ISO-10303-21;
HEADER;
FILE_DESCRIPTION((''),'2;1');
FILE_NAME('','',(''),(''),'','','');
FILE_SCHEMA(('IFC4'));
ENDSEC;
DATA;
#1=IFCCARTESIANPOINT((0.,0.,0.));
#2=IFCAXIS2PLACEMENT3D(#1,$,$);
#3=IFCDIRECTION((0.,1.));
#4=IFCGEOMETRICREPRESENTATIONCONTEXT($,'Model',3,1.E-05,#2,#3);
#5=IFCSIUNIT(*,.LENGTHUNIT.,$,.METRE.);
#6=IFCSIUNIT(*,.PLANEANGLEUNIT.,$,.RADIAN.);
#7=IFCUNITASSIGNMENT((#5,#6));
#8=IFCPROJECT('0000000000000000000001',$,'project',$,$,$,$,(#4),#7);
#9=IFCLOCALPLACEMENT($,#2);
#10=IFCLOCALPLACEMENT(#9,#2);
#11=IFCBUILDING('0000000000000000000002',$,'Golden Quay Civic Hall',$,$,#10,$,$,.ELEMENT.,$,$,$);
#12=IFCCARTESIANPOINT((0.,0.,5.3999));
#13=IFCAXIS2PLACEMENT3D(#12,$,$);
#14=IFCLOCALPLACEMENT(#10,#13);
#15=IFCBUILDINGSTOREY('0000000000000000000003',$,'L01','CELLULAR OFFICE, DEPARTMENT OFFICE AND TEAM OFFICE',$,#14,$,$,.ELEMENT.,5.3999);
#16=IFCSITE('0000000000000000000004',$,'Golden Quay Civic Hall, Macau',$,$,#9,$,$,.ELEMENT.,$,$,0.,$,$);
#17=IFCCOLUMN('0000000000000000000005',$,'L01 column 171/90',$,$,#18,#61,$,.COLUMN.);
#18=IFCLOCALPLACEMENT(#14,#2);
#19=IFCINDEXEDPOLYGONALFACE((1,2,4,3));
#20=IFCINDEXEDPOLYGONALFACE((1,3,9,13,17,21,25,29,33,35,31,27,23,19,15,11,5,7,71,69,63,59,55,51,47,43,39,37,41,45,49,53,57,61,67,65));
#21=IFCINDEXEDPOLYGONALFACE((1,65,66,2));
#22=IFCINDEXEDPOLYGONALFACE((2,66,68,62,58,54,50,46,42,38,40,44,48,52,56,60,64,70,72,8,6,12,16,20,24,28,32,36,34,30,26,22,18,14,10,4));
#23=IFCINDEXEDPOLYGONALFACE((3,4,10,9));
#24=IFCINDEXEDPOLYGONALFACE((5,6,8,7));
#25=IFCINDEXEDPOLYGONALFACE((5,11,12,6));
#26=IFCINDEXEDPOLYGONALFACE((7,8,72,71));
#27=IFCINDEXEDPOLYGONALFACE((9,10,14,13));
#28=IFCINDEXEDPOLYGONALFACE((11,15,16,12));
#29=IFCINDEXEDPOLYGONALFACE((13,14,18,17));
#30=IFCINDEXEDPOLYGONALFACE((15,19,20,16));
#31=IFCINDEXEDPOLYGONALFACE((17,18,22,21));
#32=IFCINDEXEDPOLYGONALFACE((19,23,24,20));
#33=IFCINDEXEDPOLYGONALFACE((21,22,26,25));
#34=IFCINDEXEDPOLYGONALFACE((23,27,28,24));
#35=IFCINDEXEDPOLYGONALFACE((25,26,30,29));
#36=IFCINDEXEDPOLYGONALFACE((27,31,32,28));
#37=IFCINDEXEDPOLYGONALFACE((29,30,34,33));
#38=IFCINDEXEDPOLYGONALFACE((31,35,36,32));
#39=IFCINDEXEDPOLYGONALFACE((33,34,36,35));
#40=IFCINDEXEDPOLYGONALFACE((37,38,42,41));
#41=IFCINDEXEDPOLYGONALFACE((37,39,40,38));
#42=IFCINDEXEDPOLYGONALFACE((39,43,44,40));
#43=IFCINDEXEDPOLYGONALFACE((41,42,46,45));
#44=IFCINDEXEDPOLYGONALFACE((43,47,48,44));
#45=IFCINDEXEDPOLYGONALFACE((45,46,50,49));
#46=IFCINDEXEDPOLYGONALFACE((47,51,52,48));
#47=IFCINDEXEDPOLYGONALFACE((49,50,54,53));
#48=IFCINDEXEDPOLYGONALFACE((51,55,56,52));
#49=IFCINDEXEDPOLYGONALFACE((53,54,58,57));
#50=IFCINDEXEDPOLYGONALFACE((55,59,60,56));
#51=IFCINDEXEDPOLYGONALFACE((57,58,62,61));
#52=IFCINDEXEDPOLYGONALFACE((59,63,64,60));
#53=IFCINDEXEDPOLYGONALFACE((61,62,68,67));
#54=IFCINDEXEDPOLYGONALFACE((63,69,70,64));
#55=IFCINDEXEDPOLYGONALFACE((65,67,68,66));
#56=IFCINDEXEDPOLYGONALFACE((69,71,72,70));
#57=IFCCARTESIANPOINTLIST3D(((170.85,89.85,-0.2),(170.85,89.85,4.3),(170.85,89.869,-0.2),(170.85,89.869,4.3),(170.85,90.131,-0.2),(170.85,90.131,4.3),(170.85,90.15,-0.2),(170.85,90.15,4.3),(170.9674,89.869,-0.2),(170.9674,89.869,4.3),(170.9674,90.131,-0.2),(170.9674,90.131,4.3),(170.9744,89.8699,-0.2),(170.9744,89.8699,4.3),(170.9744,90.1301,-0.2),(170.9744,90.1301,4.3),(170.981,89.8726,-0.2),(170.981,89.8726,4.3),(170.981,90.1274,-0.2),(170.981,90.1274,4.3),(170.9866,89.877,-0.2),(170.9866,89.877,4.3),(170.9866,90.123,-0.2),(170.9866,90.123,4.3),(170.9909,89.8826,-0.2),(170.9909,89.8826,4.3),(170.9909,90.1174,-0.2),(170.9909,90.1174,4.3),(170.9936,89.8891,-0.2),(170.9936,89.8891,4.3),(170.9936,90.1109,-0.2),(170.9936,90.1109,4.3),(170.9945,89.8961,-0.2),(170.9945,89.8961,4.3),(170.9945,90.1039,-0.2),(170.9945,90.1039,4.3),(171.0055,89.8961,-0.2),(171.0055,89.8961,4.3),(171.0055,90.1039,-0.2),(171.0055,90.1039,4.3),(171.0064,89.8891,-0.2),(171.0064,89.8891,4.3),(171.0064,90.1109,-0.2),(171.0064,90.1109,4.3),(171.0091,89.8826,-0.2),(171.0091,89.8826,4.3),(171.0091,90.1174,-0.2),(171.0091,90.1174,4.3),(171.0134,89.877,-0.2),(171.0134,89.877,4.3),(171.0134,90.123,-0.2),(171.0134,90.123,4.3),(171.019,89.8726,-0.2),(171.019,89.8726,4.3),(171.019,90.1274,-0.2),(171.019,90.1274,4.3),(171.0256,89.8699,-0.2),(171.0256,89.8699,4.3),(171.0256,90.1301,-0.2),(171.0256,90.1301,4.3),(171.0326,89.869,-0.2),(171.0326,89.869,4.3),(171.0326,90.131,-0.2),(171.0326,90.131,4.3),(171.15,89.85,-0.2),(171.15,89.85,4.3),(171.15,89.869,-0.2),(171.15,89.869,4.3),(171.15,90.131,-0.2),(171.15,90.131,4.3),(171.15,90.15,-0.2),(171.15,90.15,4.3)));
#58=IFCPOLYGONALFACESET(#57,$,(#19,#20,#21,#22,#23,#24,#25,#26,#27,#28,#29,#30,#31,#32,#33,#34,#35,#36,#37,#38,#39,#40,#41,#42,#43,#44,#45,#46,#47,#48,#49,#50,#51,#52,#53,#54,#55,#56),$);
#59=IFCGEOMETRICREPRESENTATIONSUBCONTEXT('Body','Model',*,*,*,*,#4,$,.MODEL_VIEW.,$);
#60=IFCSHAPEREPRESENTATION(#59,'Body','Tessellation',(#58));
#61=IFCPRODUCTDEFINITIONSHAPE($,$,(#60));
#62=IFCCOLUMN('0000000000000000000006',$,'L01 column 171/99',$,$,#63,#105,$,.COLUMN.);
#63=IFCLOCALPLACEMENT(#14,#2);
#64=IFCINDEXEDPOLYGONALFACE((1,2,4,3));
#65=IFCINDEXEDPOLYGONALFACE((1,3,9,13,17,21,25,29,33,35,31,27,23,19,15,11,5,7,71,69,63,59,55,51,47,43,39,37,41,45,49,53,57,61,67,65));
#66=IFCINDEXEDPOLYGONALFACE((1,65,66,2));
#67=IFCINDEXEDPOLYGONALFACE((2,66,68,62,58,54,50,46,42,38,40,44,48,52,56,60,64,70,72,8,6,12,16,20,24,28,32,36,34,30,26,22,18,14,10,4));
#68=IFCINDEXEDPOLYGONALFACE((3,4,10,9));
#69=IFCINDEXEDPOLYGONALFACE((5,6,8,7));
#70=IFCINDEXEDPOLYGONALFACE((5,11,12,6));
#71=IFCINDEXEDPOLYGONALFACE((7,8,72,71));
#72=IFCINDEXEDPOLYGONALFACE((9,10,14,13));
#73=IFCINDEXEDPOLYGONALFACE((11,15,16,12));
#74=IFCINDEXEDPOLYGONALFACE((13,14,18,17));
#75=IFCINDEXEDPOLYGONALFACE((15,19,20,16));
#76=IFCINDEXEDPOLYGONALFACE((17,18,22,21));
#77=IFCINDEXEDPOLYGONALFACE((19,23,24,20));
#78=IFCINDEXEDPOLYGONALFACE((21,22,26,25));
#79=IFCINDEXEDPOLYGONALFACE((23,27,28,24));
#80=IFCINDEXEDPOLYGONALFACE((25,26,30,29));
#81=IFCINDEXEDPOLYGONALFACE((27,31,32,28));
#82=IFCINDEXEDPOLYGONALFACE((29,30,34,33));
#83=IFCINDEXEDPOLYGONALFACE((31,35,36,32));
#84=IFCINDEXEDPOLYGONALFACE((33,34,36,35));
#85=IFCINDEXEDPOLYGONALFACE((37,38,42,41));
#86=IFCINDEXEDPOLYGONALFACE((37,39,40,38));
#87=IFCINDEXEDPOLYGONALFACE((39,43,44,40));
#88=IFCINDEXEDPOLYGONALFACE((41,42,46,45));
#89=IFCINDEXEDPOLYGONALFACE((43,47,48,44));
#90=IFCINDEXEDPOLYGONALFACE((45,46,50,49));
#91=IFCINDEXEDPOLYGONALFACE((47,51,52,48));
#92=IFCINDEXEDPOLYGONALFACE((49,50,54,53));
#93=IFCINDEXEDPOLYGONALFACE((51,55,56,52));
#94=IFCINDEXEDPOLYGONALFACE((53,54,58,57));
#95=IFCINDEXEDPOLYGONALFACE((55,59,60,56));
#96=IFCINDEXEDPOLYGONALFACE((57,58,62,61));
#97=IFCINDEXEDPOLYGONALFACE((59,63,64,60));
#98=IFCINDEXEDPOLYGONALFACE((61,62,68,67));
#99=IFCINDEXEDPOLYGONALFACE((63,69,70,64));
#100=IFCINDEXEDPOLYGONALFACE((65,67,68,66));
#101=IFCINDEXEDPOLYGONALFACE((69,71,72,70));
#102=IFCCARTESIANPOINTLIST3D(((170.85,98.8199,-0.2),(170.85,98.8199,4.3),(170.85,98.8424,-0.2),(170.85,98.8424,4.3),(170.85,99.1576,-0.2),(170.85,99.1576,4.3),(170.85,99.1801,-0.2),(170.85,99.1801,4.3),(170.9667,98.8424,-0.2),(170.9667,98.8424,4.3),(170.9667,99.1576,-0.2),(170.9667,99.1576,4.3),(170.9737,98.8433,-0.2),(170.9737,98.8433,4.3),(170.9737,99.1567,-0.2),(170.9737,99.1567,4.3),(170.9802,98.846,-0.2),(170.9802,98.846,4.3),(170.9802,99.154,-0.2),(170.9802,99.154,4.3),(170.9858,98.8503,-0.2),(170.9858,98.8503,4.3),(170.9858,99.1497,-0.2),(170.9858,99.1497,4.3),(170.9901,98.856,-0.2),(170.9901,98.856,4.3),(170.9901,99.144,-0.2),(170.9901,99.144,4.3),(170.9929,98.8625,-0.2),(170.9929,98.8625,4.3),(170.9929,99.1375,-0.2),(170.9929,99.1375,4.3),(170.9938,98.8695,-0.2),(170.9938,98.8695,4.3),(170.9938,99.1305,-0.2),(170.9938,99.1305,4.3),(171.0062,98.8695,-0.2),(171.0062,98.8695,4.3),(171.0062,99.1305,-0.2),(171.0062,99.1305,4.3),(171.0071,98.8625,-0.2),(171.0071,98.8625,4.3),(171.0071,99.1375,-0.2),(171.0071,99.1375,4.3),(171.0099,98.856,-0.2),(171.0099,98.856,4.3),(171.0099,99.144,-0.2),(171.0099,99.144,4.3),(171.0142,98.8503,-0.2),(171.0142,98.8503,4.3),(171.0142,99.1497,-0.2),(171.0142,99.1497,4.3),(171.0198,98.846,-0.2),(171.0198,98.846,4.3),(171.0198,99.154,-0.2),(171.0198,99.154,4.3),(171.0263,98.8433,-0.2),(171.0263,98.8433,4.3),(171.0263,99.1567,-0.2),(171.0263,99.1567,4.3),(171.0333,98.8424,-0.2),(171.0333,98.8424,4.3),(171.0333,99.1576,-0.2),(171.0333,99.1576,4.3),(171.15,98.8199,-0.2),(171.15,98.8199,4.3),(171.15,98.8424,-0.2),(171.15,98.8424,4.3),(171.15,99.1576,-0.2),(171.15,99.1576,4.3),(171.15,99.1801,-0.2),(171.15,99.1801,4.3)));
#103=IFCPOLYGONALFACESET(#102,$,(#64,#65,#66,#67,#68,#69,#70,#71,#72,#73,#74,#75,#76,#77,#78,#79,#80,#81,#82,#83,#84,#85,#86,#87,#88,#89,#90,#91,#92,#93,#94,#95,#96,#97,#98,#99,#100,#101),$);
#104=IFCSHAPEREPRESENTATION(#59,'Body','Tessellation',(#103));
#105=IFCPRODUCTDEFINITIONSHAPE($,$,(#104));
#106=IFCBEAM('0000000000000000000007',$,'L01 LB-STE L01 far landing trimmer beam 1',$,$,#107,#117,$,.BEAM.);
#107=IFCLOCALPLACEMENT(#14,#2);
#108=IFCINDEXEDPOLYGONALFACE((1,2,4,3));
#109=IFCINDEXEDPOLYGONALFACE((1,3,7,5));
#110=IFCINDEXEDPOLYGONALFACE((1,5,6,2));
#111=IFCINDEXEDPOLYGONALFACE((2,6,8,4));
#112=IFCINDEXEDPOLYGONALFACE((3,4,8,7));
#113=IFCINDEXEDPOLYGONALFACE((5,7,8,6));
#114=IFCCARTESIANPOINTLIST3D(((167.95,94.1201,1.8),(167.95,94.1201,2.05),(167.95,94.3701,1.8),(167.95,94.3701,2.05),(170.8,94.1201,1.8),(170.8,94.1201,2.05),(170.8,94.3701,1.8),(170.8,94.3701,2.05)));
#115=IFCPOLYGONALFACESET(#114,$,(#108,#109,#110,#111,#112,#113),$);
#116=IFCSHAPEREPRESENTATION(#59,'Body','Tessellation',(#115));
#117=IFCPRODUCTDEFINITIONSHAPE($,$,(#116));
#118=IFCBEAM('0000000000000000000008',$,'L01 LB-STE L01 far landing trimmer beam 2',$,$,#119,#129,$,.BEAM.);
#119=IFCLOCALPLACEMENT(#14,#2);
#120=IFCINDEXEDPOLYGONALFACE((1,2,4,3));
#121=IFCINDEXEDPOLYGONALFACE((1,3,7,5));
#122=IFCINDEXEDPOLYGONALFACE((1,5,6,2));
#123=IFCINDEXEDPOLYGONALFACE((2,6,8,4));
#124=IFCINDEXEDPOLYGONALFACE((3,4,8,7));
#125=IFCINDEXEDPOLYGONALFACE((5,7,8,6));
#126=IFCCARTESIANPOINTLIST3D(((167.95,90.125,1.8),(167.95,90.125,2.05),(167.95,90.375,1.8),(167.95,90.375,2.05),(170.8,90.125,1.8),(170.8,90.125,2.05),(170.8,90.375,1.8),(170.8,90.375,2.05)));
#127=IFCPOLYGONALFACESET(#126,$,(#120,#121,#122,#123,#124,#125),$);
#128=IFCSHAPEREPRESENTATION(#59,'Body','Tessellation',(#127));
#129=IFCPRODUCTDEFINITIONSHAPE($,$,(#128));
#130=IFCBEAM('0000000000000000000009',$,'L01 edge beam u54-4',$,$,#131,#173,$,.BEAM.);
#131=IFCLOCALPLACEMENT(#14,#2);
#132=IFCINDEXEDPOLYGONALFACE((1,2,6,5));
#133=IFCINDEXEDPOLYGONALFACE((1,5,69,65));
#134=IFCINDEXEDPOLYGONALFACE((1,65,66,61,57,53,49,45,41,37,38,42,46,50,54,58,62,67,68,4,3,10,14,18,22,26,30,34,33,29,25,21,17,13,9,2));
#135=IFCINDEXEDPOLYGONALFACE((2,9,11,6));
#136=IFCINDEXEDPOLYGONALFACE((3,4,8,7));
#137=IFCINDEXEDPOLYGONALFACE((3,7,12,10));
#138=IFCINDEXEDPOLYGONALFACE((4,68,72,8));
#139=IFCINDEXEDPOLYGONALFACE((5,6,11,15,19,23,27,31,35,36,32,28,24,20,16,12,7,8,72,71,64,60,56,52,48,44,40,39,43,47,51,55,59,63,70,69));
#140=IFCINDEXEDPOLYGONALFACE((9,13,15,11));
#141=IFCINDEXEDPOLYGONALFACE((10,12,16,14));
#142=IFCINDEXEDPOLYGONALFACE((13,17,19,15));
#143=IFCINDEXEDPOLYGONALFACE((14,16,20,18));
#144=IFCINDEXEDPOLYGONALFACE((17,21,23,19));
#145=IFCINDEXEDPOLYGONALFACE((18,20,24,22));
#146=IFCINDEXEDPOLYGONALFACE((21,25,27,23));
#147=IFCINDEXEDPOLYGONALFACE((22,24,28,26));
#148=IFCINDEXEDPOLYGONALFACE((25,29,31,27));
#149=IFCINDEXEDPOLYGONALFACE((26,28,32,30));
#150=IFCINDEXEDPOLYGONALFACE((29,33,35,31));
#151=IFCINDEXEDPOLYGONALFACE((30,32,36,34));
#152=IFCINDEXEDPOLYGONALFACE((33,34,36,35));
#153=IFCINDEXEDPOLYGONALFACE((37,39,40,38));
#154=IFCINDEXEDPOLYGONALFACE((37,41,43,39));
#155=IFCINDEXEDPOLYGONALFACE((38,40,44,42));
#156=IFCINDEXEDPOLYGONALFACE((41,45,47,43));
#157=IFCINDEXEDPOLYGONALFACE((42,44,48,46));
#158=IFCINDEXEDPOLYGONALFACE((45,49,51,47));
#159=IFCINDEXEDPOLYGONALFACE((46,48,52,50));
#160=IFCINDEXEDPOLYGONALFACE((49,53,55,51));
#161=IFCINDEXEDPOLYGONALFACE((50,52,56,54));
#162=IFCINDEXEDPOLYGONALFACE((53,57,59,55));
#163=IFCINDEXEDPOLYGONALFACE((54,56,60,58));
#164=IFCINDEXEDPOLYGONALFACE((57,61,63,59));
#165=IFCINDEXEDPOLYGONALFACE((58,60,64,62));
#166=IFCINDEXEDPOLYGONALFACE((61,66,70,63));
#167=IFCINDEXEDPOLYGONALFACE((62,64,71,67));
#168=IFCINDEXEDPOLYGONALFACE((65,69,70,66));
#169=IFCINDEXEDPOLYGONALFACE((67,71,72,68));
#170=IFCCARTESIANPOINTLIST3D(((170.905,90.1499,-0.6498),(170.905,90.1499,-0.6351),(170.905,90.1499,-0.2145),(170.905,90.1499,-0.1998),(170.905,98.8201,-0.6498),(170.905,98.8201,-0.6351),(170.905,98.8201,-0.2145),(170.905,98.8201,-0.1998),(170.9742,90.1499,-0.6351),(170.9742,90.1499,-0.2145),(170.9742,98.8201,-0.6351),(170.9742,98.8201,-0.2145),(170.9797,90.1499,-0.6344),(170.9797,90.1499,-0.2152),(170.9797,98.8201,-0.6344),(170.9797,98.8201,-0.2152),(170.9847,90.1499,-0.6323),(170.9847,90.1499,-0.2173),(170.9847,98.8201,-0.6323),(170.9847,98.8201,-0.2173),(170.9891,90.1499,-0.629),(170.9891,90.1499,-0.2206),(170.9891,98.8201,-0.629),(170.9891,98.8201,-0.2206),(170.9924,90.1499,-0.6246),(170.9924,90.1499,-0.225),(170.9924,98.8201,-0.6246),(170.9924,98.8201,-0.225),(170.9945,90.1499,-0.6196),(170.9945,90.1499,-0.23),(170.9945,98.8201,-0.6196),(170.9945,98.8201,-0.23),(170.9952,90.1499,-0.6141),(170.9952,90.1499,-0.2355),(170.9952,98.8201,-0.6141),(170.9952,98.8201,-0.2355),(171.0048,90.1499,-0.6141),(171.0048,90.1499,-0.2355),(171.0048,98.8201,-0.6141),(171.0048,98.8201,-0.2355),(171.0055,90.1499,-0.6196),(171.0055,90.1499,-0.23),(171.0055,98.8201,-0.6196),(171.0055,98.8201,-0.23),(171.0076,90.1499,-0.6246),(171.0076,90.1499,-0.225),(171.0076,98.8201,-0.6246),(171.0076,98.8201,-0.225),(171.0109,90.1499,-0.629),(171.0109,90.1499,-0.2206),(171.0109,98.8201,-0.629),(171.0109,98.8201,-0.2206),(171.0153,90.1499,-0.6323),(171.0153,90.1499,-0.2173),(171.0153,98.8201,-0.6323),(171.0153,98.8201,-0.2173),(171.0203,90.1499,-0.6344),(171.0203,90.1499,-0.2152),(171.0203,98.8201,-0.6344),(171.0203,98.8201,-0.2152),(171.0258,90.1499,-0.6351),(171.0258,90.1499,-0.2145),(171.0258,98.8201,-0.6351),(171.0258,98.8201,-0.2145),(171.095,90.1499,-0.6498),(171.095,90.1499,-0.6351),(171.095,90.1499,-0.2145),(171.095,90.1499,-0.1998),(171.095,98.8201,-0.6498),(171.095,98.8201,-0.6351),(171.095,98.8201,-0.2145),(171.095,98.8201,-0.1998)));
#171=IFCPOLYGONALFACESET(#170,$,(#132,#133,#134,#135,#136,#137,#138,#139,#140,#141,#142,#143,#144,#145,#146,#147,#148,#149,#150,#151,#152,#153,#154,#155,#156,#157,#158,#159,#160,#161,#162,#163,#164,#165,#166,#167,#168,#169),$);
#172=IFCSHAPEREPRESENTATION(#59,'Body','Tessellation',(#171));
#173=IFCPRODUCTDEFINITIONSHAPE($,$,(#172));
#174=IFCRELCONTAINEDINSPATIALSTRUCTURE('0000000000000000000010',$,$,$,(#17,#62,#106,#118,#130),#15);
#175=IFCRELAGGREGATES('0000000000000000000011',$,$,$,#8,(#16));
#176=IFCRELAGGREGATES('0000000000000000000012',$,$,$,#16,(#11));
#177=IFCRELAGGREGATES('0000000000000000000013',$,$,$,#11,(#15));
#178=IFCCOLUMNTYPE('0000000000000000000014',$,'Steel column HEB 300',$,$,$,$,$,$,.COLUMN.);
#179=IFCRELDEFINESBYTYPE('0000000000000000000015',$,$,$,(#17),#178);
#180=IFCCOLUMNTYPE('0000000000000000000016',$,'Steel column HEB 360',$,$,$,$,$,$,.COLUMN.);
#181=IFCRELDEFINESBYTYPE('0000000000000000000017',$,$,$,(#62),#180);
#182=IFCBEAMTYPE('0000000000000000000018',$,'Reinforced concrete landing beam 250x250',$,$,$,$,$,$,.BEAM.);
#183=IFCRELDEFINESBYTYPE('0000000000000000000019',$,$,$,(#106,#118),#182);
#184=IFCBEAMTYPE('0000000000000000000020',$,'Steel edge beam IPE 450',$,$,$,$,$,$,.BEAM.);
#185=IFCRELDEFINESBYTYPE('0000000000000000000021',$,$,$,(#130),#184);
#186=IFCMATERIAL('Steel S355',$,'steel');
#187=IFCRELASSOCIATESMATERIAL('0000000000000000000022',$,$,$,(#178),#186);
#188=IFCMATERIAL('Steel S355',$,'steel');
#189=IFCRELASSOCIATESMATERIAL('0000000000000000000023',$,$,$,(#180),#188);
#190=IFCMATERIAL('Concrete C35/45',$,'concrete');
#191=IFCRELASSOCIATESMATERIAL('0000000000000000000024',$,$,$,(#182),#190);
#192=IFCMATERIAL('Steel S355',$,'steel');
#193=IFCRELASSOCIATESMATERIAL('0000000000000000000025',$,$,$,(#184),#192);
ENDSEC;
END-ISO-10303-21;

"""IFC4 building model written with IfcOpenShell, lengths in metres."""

from ifc_helpers import new_model, si_unit, direction, frame, origin, origin_2d, place, context, subcontext, project, spatial, rectangle, i_section, extrude, material, material_profile, profile_set, type_object, element, save


model = new_model("IFC4")

# Units and contexts
model_context = context("Model", 3, precision=1e-05, world=origin(), true_north=direction((0.0, 1.0)))
body_context = subcontext(model_context, "Body", "Model", "MODEL_VIEW")
ifc_project = project(units=[si_unit("LENGTHUNIT", "METRE"), si_unit("PLANEANGLEUNIT", "RADIAN")], contexts=[model_context])

# Site, building, storey
site_placement = place(None, origin())
site = spatial("IfcSite", under=ifc_project, at=site_placement, Name="Golden Quay Civic Hall, Macau", CompositionType="ELEMENT", RefElevation=0.0)
building_placement = place(site_placement, origin())
building = spatial("IfcBuilding", under=site, at=building_placement, Name="Golden Quay Civic Hall", CompositionType="ELEMENT")
storey_placement = place(building_placement, frame((0.0, 0.0, 5.3999)))
storey = spatial("IfcBuildingStorey", under=building, at=storey_placement, Name="L01", Description="CELLULAR OFFICE, DEPARTMENT OFFICE AND TEAM OFFICE", CompositionType="ELEMENT", Elevation=5.3999)

# Columns
ifc_material_1 = material(Name="Steel S355", Category="steel")
ifc_material_profile_1 = material_profile(ifc_material_1, i_section(OverallWidth=0.3, OverallDepth=0.3, WebThickness=0.011, FlangeThickness=0.019, FilletRadius=0.0271, at=origin_2d()), Name="HEB 300")
ifc_profile_set_1 = profile_set([ifc_material_profile_1], Name="Steel S355")
column_type_1 = type_object("IfcColumnType", Name="Steel column HEB 300", PredefinedType="COLUMN", material=ifc_profile_set_1)
column_1_placement = place(storey_placement, frame((171.0, 90.0, -0.2), z_axis=(0.0, 0.0, 1.0), x_axis=(1.0, 0.0, 0.0)))
element("IfcColumn", 1, at=column_1_placement, inside=storey, type_object=column_type_1, Name="L01 column 171/90", PredefinedType="COLUMN", context=body_context, shape_type="SweptSolid", body=[
    extrude(i_section(OverallWidth=0.3, OverallDepth=0.3, WebThickness=0.011, FlangeThickness=0.019, FilletRadius=0.0271, at=origin_2d()), origin(), (0.0, 0.0, 1.0), 4.5),
])
ifc_material_2 = material(Name="Steel S355", Category="steel")
ifc_material_profile_2 = material_profile(ifc_material_2, i_section(OverallWidth=0.3, OverallDepth=0.3601, WebThickness=0.0125, FlangeThickness=0.0225, FilletRadius=0.0271, at=origin_2d()), Name="HEB 360")
ifc_profile_set_2 = profile_set([ifc_material_profile_2], Name="Steel S355")
column_type_2 = type_object("IfcColumnType", Name="Steel column HEB 360", PredefinedType="COLUMN", material=ifc_profile_set_2)
column_2_placement = place(storey_placement, frame((171.0, 99.0, -0.2), z_axis=(0.0, 0.0, 1.0), x_axis=(1.0, 0.0, 0.0)))
element("IfcColumn", 2, at=column_2_placement, inside=storey, type_object=column_type_2, Name="L01 column 171/99", PredefinedType="COLUMN", context=body_context, shape_type="SweptSolid", body=[
    extrude(i_section(OverallWidth=0.3, OverallDepth=0.3601, WebThickness=0.0125, FlangeThickness=0.0225, FilletRadius=0.0271, at=origin_2d()), origin(), (0.0, 0.0, 1.0), 4.5),
])

# Beams
ifc_material_3 = material(Name="Concrete C35/45", Category="concrete")
ifc_material_profile_3 = material_profile(ifc_material_3, rectangle(XDim=0.25, YDim=0.25, at=origin_2d()), Name="RC 250x250")
ifc_profile_set_3 = profile_set([ifc_material_profile_3], Name="Concrete C35/45")
beam_type_1 = type_object("IfcBeamType", Name="Reinforced concrete landing beam 250x250", PredefinedType="BEAM", material=ifc_profile_set_3)
for number, where, z_axis, x_axis, name in (
    (3, (167.95, 94.2451, 1.925), (1.0, 0.0, 0.0), (0.0, 1.0, 0.0), "L01 LB-STE L01 far landing trimmer beam 1"),
    (4, (167.95, 90.25, 1.925), (1.0, 0.0, 0.0), (0.0, 1.0, 0.0), "L01 LB-STE L01 far landing trimmer beam 2"),
):
    element("IfcBeam", number, at=place(storey_placement, frame(where, z_axis=z_axis, x_axis=x_axis)), inside=storey, type_object=beam_type_1, Name=name, PredefinedType="BEAM", context=body_context, shape_type="SweptSolid", body=[
        extrude(rectangle(XDim=0.25, YDim=0.25, at=origin_2d()), origin(), (0.0, 0.0, 1.0), 2.8501),
    ])
ifc_material_4 = material(Name="Steel S355", Category="steel")
ifc_material_profile_4 = material_profile(ifc_material_4, i_section(OverallWidth=0.1899, OverallDepth=0.45, WebThickness=0.0095, FlangeThickness=0.0146, FilletRadius=0.021, at=origin_2d()), Name="IPE 450")
ifc_profile_set_4 = profile_set([ifc_material_profile_4], Name="Steel S355")
beam_type_2 = type_object("IfcBeamType", Name="Steel edge beam IPE 450", PredefinedType="BEAM", material=ifc_profile_set_4)
beam_placement = place(storey_placement, frame((171.0, 90.1499, -0.4248), z_axis=(0.0, 1.0, 0.0), x_axis=(-1.0, 0.0, 0.0)))
element("IfcBeam", 5, at=beam_placement, inside=storey, type_object=beam_type_2, Name="L01 edge beam u54-4", PredefinedType="BEAM", context=body_context, shape_type="SweptSolid", body=[
    extrude(i_section(OverallWidth=0.1899, OverallDepth=0.45, WebThickness=0.0095, FlangeThickness=0.0146, FilletRadius=0.021, at=origin_2d()), origin(), (0.0, 0.0, 1.0), 8.6702),
])

save(model, "model.ifc")
